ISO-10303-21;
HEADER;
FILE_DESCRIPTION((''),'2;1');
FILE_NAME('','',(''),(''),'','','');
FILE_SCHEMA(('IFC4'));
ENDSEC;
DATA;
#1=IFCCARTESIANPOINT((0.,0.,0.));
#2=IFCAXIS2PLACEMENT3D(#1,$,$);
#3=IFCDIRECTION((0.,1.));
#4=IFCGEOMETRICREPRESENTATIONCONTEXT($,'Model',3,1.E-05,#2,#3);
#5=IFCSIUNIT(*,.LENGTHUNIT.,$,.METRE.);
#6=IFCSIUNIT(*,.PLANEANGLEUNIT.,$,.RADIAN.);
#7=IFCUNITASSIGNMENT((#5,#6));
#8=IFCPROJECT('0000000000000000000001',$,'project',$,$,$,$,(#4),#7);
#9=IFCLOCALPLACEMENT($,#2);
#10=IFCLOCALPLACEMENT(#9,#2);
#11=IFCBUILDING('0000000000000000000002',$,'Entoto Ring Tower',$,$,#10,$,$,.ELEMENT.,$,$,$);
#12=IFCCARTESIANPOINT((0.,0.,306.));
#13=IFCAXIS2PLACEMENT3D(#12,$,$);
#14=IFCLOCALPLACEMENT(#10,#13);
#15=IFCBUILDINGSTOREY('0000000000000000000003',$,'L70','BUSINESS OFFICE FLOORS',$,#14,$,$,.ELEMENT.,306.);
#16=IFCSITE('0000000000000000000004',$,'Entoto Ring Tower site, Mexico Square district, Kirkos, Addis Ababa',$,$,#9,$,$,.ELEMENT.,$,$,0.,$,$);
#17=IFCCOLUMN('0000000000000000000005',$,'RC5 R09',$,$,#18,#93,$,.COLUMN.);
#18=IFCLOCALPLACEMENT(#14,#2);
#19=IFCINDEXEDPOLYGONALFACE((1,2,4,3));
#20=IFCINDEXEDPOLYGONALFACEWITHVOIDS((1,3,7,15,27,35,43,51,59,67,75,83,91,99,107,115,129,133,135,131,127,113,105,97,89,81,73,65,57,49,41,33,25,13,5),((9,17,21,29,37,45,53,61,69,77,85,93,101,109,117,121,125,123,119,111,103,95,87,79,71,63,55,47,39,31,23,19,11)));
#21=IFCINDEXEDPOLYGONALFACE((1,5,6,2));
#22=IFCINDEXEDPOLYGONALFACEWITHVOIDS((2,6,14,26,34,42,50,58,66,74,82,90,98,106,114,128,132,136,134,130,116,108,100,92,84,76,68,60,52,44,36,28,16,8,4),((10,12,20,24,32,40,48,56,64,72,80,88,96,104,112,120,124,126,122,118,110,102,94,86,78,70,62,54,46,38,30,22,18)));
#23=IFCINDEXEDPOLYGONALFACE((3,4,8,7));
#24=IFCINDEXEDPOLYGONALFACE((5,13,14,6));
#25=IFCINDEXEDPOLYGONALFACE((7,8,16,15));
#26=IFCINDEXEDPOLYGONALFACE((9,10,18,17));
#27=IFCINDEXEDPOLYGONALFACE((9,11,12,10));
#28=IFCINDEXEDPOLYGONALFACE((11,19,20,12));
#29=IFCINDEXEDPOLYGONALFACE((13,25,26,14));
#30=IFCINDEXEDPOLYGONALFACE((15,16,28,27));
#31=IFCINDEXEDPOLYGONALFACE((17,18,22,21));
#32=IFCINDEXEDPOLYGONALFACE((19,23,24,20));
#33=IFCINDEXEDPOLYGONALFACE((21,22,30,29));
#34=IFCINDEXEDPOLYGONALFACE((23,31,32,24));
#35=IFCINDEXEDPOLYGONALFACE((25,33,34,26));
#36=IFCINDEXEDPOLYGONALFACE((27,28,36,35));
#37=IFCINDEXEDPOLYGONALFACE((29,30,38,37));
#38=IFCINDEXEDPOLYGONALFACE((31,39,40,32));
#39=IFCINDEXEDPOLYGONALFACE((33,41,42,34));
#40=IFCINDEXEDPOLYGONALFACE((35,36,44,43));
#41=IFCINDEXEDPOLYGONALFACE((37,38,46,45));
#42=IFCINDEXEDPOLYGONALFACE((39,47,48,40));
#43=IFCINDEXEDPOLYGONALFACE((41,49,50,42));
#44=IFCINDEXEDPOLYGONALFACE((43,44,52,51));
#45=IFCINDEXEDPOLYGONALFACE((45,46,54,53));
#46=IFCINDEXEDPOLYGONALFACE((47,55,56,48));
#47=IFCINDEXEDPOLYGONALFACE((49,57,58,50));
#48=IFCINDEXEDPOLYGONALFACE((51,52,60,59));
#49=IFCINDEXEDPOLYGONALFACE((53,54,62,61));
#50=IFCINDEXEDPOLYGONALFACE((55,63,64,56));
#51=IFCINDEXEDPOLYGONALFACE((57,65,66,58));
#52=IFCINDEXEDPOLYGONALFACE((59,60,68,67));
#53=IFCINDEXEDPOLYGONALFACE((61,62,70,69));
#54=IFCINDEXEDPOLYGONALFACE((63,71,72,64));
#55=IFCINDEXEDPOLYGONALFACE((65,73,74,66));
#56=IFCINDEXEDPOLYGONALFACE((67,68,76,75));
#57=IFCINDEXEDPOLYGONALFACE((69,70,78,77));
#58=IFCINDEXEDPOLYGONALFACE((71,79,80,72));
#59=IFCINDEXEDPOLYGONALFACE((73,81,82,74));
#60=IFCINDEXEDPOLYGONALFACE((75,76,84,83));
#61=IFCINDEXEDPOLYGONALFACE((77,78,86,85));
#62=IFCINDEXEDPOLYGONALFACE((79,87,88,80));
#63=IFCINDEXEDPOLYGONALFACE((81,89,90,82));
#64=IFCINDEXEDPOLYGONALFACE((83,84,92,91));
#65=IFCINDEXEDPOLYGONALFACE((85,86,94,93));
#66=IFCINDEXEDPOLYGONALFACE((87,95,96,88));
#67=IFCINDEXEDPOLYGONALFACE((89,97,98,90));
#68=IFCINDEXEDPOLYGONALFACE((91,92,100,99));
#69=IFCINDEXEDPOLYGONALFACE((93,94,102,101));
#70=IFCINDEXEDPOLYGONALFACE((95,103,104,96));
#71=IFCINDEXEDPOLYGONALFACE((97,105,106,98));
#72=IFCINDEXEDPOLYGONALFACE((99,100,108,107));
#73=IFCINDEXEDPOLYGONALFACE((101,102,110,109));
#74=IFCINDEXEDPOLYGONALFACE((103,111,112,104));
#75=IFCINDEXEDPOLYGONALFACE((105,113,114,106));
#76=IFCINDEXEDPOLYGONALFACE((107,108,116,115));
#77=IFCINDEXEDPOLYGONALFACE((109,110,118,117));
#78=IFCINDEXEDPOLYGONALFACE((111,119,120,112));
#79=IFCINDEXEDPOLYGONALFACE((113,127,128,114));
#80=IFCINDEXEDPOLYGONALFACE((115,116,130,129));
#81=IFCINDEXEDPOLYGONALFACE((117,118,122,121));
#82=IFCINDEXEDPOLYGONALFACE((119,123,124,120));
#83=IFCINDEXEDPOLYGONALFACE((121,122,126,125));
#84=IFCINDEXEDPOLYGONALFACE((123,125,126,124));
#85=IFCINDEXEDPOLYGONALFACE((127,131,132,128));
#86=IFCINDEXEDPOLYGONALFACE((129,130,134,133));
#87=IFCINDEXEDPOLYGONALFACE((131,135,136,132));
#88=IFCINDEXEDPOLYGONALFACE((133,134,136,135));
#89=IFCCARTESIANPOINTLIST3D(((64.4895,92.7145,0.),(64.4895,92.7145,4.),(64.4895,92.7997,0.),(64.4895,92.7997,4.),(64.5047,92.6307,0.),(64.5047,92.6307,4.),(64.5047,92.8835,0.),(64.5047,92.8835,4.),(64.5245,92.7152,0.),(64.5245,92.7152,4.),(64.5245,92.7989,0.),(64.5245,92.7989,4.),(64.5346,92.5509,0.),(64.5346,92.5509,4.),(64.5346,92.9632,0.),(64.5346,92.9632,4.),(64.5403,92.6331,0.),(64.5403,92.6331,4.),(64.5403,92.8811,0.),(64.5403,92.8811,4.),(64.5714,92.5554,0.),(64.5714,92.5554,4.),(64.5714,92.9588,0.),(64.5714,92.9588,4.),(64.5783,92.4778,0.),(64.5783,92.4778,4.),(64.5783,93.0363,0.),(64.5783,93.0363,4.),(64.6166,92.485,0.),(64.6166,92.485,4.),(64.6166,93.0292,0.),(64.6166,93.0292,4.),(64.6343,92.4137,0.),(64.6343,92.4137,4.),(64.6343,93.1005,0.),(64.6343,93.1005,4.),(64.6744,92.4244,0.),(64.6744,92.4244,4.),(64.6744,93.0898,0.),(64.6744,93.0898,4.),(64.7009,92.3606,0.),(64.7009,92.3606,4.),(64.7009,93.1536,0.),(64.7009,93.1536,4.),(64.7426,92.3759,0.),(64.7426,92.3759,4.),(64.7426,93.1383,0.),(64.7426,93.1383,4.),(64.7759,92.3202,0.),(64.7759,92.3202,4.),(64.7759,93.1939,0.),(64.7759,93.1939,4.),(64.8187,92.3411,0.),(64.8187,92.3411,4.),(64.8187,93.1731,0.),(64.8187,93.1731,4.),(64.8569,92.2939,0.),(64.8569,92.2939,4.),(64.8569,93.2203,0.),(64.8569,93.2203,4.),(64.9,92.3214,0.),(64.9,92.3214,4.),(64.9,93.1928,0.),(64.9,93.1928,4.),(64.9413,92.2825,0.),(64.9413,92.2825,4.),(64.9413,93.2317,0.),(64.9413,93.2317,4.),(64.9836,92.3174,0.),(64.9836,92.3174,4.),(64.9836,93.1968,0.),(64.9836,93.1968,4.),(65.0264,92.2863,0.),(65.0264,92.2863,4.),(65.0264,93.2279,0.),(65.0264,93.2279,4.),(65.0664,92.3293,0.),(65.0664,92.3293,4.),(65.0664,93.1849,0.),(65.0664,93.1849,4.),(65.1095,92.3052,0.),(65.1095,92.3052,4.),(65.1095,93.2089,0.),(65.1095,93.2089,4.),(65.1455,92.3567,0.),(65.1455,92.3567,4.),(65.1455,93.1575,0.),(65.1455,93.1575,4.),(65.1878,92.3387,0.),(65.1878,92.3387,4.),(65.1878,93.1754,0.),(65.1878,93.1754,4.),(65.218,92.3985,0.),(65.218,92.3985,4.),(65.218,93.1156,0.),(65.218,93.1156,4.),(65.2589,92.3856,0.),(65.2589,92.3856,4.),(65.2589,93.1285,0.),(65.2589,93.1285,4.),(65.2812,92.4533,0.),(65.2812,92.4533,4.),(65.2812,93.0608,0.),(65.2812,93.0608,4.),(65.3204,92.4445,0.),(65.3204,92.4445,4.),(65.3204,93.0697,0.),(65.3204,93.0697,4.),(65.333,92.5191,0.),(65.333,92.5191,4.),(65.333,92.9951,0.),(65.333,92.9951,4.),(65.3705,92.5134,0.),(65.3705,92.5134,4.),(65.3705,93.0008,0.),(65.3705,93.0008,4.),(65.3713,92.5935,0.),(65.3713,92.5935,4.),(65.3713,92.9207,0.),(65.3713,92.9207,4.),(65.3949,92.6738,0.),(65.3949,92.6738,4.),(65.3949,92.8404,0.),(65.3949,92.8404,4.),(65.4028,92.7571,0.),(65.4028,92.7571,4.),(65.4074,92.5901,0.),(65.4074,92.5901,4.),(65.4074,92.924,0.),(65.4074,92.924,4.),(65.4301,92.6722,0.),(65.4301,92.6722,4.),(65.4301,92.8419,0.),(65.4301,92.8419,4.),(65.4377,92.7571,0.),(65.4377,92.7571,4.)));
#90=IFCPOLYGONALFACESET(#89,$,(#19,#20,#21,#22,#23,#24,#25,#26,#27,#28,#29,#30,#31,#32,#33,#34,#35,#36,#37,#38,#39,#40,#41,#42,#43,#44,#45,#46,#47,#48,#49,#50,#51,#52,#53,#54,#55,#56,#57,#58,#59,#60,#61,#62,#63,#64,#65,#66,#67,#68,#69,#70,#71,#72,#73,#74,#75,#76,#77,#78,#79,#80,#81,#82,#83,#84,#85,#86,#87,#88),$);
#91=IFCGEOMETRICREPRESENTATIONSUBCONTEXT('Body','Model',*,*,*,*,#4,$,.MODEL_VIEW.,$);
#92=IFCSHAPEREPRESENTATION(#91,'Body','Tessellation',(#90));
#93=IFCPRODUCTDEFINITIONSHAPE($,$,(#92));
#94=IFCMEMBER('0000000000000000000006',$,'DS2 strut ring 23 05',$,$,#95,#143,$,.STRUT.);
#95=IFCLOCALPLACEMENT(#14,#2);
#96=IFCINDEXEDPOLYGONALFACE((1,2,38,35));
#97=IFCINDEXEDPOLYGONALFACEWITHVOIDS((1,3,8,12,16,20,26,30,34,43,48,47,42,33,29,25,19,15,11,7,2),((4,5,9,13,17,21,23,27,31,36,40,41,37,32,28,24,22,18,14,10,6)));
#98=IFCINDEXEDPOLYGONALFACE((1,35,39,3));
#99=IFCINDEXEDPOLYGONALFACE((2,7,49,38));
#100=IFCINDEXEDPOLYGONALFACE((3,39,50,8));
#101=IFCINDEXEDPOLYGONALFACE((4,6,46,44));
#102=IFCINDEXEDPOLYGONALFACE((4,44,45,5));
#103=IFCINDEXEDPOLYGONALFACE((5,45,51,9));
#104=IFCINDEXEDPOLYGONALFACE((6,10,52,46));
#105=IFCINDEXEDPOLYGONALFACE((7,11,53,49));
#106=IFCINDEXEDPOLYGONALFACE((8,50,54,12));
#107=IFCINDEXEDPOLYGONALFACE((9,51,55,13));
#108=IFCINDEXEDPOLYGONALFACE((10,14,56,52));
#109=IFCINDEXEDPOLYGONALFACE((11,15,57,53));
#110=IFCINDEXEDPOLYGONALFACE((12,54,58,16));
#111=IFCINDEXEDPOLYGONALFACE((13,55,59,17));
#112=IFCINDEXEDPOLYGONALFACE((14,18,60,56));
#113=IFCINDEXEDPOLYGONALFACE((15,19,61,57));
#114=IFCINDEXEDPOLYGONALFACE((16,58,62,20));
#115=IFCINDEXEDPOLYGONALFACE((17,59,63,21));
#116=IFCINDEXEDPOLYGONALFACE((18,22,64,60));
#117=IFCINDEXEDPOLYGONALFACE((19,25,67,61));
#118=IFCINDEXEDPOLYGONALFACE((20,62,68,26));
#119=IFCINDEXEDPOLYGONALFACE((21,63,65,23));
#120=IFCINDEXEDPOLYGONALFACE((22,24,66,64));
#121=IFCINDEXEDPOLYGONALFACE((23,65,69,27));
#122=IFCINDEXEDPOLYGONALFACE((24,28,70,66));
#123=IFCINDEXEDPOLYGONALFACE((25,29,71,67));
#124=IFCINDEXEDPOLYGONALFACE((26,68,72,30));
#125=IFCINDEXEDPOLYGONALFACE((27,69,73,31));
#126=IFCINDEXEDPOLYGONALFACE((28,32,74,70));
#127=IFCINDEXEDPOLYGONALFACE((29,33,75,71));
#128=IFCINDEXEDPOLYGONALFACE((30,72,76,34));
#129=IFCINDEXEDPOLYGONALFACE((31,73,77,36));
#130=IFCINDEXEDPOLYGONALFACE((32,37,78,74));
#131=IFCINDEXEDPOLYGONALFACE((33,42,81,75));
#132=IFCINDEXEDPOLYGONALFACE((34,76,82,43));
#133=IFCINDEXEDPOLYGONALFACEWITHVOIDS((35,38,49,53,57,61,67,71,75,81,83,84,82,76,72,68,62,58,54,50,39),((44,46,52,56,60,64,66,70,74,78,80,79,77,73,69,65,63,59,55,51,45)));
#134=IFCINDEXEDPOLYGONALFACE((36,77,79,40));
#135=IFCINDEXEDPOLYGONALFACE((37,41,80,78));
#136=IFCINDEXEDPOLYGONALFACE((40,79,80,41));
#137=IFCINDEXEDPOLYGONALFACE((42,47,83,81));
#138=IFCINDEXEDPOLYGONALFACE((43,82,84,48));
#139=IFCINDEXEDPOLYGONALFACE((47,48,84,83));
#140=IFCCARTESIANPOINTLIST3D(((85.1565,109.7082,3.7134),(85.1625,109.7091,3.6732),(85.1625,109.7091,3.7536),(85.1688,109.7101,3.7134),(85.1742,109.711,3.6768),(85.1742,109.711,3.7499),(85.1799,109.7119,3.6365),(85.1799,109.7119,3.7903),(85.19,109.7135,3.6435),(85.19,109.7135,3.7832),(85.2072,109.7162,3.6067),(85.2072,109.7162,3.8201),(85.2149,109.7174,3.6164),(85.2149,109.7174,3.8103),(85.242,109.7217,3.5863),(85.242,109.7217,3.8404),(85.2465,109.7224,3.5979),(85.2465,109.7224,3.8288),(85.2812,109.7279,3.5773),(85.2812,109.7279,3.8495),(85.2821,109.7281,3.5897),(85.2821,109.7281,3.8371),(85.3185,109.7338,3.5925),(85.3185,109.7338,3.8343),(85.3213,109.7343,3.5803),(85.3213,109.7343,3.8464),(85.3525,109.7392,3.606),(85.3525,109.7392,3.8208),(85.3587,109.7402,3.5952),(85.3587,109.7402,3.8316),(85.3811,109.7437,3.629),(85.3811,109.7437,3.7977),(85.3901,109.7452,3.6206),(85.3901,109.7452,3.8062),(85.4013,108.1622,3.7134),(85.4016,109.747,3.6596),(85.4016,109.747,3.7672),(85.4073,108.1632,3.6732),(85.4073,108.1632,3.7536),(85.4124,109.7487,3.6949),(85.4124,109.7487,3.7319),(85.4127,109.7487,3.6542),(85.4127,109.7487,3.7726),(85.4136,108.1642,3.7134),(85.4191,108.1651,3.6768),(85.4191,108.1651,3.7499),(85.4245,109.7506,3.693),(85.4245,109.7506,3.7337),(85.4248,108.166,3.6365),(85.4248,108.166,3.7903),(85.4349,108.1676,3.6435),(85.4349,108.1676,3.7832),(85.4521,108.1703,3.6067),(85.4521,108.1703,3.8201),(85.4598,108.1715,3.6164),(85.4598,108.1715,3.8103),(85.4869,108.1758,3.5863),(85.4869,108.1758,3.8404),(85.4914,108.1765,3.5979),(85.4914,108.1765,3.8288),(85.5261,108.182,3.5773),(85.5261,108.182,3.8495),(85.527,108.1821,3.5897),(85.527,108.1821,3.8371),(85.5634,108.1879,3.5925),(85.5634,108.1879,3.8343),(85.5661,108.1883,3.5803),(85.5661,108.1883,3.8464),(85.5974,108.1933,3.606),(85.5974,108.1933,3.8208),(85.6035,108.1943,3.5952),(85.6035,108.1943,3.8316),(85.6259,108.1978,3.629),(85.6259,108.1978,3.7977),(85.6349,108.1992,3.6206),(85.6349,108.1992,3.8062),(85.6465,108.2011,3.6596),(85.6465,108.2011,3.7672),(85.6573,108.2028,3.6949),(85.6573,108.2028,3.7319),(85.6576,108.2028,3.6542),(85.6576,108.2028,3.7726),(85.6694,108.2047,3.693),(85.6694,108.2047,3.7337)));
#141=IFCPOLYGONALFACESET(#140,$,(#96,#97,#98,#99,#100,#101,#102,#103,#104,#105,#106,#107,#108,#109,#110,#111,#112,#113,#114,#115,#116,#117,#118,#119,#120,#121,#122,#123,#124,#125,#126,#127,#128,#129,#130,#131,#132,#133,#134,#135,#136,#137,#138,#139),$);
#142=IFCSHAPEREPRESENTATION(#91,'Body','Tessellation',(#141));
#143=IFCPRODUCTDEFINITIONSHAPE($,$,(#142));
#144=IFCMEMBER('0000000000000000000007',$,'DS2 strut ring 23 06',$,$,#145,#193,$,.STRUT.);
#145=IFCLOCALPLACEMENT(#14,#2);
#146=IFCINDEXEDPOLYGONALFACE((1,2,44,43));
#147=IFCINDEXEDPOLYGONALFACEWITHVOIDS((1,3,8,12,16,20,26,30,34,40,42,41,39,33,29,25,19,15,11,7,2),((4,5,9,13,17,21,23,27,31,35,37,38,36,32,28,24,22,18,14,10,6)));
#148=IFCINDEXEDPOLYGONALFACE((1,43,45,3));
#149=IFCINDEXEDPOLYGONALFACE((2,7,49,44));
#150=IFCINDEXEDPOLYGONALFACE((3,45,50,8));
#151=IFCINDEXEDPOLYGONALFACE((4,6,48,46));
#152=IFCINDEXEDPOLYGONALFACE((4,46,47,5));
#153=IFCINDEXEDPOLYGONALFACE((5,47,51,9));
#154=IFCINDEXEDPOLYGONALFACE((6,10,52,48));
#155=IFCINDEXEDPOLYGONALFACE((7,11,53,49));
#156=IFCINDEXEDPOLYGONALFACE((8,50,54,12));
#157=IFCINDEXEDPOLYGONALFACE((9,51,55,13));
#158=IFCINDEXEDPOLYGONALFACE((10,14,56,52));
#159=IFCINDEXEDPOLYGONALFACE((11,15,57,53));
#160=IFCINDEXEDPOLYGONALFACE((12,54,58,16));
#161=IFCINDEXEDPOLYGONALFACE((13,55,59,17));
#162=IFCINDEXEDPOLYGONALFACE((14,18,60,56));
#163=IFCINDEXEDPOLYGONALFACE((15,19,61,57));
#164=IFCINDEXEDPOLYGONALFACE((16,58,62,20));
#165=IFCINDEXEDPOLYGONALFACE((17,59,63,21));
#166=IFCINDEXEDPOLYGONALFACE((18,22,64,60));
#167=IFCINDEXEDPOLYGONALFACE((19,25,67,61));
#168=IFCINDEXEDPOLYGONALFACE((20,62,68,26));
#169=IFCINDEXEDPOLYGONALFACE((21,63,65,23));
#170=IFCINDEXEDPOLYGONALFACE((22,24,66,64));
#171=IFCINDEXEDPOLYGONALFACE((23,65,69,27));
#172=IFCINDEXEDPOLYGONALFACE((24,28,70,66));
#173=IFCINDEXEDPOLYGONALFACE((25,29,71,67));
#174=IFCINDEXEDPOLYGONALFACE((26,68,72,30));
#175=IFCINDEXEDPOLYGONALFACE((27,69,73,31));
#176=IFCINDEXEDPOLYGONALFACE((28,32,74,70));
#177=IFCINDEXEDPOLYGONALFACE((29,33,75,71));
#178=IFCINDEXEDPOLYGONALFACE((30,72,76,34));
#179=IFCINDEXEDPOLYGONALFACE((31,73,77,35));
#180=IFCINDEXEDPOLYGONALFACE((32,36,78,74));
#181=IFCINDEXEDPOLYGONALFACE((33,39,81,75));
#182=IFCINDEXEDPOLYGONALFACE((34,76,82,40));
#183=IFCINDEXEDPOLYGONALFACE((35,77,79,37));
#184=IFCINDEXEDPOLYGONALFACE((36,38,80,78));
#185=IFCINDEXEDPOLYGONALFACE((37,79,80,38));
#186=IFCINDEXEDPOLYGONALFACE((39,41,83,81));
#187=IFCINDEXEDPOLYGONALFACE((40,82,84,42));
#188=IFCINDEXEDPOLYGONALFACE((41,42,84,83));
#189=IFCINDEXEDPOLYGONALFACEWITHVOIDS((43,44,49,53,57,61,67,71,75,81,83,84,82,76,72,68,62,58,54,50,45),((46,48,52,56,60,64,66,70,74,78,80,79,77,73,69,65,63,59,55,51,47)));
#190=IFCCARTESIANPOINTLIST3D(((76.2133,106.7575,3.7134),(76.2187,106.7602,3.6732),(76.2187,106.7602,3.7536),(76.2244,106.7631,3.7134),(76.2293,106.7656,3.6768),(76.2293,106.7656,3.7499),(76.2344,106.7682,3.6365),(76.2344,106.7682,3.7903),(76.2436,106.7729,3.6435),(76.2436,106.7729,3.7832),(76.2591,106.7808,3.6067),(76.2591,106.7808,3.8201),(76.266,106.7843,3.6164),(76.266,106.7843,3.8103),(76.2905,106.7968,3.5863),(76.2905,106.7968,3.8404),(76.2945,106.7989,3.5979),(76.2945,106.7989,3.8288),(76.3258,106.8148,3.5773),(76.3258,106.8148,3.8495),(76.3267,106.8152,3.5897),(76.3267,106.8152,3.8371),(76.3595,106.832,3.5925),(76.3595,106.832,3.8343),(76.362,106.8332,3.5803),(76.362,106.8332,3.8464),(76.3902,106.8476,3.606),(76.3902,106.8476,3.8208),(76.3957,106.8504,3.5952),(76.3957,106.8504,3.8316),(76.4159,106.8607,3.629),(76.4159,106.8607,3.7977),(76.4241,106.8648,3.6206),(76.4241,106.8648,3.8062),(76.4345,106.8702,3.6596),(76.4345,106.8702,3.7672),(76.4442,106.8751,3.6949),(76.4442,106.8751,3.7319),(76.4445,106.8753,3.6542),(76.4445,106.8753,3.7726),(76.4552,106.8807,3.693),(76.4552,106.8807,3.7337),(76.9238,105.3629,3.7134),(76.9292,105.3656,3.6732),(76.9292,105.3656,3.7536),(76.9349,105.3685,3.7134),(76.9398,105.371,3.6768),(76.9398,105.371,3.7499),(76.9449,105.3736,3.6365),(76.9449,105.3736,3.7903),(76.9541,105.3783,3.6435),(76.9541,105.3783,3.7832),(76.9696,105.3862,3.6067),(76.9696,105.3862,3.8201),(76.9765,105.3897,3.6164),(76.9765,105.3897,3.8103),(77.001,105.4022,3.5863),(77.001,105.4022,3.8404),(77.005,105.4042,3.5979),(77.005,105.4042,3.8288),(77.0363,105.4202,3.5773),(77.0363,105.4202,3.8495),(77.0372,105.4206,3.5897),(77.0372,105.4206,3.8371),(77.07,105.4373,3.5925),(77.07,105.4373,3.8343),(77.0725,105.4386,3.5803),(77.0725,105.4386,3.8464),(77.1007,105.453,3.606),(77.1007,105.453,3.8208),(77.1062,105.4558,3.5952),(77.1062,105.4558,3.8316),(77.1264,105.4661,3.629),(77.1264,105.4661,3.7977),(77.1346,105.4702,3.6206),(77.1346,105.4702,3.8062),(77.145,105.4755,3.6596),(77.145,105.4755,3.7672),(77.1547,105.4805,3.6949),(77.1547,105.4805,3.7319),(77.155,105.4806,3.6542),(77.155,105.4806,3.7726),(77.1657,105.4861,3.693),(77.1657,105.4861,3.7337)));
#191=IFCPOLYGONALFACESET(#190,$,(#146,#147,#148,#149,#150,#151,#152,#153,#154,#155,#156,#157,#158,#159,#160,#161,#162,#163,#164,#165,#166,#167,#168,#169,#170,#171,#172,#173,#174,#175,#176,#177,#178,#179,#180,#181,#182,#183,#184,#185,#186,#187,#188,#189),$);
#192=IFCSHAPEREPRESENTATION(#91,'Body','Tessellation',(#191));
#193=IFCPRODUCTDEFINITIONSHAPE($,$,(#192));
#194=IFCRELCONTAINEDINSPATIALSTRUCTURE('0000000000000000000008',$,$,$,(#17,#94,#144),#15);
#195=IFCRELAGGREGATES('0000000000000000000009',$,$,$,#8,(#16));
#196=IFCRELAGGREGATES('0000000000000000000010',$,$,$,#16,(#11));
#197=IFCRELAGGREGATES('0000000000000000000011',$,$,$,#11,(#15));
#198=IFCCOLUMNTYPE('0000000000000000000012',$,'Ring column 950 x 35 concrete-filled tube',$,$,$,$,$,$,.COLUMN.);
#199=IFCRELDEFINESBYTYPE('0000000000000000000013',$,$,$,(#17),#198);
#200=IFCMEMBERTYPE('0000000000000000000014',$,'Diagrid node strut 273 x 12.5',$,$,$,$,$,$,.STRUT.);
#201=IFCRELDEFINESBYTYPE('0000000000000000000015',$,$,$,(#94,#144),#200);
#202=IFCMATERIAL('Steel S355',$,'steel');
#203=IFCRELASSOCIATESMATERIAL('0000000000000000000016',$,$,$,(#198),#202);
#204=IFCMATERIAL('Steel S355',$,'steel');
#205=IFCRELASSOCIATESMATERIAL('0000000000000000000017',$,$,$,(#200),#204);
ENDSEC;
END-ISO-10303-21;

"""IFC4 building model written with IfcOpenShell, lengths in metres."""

from ifc_helpers import new_model, si_unit, direction, frame, origin, origin_2d, place, context, subcontext, project, spatial, circle, hollow_circle, extrude, material, material_profile, profile_set, type_object, element, save


model = new_model("IFC4")

# Units and contexts
model_context = context("Model", 3, precision=1e-05, world=origin(), true_north=direction((0.0, 1.0)))
body_context = subcontext(model_context, "Body", "Model", "MODEL_VIEW")
ifc_project = project(units=[si_unit("LENGTHUNIT", "METRE"), si_unit("PLANEANGLEUNIT", "RADIAN")], contexts=[model_context])

# Site, building, storey
site_placement = place(None, origin())
site = spatial("IfcSite", under=ifc_project, at=site_placement, Name="Entoto Ring Tower site, Mexico Square district, Kirkos, Addis Ababa", CompositionType="ELEMENT", RefElevation=0.0)
building_placement = place(site_placement, origin())
building = spatial("IfcBuilding", under=site, at=building_placement, Name="Entoto Ring Tower", CompositionType="ELEMENT")
storey_placement = place(building_placement, frame((0.0, 0.0, 306.0)))
storey = spatial("IfcBuildingStorey", under=building, at=storey_placement, Name="L70", Description="BUSINESS OFFICE FLOORS", CompositionType="ELEMENT", Elevation=306.0)

# Column
ifc_material_1 = material(Name="Steel S355", Category="steel")
ifc_material_profile_1 = material_profile(ifc_material_1, hollow_circle(Radius=0.4751, WallThickness=0.0349, at=origin_2d()), Name="CHS 950 x 35")
ifc_material_2 = material(Name="Concrete C60/75", Category="concrete")
ifc_material_profile_2 = material_profile(ifc_material_2, circle(Radius=0.4399, at=origin_2d()), Name="Concrete C60/75 infill")
ifc_profile_set_1 = profile_set([ifc_material_profile_1, ifc_material_profile_2], Name="Steel S355")
column_type = type_object("IfcColumnType", Name="Ring column 950 x 35 concrete-filled tube", PredefinedType="COLUMN", material=ifc_profile_set_1)
for number, where, z_axis, x_axis, name in (
    (1, (64.9626, 92.7571, 0.0), (0.0, 0.0, 1.0), (1.0, 0.0, 0.0), "RC5 R09"),
):
    element("IfcColumn", number, at=place(storey_placement, frame(where, z_axis=z_axis, x_axis=x_axis)), inside=storey, type_object=column_type, Name=name, PredefinedType="COLUMN", context=body_context, shape_type="SweptSolid", body=[
        extrude(hollow_circle(Radius=0.4751, WallThickness=0.0349, at=origin_2d()), origin(), (0.0, 0.0, 1.0), 4.0),
    ])

# Members
ifc_material_3 = material(Name="Steel S355", Category="steel")
ifc_material_profile_3 = material_profile(ifc_material_3, hollow_circle(Radius=0.1365, WallThickness=0.0125, at=origin_2d()), Name="CHS 273 x 12.5")
ifc_material_4 = material(Name="Concrete C60/75", Category="concrete")
ifc_material_profile_4 = material_profile(ifc_material_4, circle(Radius=0.124, at=origin_2d()), Name="Concrete C60/75 infill")
ifc_profile_set_2 = profile_set([ifc_material_profile_3, ifc_material_profile_4], Name="Steel S355")
member_type = type_object("IfcMemberType", Name="Diagrid node strut 273 x 12.5", PredefinedType="STRUT", material=ifc_profile_set_2)
for number, where, z_axis, x_axis, name in (
    (2, (85.5361, 108.1836, 3.7134), (-0.156451, 0.987686, 0.0), (-0.987686, -0.156451, 0.0), "DS2 strut ring 23 05"),
    (3, (77.0454, 105.4248, 3.7134), (-0.45394, 0.891032, 0.0), (-0.891032, -0.45394, 0.0), "DS2 strut ring 23 06"),
):
    element("IfcMember", number, at=place(storey_placement, frame(where, z_axis=z_axis, x_axis=x_axis)), inside=storey, type_object=member_type, Name=name, PredefinedType="STRUT", context=body_context, shape_type="SweptSolid", body=[
        extrude(hollow_circle(Radius=0.1365, WallThickness=0.0125, at=origin_2d()), origin(), (0.0, 0.0, 1.0), 1.5652),
    ])

save(model, "model.ifc")
